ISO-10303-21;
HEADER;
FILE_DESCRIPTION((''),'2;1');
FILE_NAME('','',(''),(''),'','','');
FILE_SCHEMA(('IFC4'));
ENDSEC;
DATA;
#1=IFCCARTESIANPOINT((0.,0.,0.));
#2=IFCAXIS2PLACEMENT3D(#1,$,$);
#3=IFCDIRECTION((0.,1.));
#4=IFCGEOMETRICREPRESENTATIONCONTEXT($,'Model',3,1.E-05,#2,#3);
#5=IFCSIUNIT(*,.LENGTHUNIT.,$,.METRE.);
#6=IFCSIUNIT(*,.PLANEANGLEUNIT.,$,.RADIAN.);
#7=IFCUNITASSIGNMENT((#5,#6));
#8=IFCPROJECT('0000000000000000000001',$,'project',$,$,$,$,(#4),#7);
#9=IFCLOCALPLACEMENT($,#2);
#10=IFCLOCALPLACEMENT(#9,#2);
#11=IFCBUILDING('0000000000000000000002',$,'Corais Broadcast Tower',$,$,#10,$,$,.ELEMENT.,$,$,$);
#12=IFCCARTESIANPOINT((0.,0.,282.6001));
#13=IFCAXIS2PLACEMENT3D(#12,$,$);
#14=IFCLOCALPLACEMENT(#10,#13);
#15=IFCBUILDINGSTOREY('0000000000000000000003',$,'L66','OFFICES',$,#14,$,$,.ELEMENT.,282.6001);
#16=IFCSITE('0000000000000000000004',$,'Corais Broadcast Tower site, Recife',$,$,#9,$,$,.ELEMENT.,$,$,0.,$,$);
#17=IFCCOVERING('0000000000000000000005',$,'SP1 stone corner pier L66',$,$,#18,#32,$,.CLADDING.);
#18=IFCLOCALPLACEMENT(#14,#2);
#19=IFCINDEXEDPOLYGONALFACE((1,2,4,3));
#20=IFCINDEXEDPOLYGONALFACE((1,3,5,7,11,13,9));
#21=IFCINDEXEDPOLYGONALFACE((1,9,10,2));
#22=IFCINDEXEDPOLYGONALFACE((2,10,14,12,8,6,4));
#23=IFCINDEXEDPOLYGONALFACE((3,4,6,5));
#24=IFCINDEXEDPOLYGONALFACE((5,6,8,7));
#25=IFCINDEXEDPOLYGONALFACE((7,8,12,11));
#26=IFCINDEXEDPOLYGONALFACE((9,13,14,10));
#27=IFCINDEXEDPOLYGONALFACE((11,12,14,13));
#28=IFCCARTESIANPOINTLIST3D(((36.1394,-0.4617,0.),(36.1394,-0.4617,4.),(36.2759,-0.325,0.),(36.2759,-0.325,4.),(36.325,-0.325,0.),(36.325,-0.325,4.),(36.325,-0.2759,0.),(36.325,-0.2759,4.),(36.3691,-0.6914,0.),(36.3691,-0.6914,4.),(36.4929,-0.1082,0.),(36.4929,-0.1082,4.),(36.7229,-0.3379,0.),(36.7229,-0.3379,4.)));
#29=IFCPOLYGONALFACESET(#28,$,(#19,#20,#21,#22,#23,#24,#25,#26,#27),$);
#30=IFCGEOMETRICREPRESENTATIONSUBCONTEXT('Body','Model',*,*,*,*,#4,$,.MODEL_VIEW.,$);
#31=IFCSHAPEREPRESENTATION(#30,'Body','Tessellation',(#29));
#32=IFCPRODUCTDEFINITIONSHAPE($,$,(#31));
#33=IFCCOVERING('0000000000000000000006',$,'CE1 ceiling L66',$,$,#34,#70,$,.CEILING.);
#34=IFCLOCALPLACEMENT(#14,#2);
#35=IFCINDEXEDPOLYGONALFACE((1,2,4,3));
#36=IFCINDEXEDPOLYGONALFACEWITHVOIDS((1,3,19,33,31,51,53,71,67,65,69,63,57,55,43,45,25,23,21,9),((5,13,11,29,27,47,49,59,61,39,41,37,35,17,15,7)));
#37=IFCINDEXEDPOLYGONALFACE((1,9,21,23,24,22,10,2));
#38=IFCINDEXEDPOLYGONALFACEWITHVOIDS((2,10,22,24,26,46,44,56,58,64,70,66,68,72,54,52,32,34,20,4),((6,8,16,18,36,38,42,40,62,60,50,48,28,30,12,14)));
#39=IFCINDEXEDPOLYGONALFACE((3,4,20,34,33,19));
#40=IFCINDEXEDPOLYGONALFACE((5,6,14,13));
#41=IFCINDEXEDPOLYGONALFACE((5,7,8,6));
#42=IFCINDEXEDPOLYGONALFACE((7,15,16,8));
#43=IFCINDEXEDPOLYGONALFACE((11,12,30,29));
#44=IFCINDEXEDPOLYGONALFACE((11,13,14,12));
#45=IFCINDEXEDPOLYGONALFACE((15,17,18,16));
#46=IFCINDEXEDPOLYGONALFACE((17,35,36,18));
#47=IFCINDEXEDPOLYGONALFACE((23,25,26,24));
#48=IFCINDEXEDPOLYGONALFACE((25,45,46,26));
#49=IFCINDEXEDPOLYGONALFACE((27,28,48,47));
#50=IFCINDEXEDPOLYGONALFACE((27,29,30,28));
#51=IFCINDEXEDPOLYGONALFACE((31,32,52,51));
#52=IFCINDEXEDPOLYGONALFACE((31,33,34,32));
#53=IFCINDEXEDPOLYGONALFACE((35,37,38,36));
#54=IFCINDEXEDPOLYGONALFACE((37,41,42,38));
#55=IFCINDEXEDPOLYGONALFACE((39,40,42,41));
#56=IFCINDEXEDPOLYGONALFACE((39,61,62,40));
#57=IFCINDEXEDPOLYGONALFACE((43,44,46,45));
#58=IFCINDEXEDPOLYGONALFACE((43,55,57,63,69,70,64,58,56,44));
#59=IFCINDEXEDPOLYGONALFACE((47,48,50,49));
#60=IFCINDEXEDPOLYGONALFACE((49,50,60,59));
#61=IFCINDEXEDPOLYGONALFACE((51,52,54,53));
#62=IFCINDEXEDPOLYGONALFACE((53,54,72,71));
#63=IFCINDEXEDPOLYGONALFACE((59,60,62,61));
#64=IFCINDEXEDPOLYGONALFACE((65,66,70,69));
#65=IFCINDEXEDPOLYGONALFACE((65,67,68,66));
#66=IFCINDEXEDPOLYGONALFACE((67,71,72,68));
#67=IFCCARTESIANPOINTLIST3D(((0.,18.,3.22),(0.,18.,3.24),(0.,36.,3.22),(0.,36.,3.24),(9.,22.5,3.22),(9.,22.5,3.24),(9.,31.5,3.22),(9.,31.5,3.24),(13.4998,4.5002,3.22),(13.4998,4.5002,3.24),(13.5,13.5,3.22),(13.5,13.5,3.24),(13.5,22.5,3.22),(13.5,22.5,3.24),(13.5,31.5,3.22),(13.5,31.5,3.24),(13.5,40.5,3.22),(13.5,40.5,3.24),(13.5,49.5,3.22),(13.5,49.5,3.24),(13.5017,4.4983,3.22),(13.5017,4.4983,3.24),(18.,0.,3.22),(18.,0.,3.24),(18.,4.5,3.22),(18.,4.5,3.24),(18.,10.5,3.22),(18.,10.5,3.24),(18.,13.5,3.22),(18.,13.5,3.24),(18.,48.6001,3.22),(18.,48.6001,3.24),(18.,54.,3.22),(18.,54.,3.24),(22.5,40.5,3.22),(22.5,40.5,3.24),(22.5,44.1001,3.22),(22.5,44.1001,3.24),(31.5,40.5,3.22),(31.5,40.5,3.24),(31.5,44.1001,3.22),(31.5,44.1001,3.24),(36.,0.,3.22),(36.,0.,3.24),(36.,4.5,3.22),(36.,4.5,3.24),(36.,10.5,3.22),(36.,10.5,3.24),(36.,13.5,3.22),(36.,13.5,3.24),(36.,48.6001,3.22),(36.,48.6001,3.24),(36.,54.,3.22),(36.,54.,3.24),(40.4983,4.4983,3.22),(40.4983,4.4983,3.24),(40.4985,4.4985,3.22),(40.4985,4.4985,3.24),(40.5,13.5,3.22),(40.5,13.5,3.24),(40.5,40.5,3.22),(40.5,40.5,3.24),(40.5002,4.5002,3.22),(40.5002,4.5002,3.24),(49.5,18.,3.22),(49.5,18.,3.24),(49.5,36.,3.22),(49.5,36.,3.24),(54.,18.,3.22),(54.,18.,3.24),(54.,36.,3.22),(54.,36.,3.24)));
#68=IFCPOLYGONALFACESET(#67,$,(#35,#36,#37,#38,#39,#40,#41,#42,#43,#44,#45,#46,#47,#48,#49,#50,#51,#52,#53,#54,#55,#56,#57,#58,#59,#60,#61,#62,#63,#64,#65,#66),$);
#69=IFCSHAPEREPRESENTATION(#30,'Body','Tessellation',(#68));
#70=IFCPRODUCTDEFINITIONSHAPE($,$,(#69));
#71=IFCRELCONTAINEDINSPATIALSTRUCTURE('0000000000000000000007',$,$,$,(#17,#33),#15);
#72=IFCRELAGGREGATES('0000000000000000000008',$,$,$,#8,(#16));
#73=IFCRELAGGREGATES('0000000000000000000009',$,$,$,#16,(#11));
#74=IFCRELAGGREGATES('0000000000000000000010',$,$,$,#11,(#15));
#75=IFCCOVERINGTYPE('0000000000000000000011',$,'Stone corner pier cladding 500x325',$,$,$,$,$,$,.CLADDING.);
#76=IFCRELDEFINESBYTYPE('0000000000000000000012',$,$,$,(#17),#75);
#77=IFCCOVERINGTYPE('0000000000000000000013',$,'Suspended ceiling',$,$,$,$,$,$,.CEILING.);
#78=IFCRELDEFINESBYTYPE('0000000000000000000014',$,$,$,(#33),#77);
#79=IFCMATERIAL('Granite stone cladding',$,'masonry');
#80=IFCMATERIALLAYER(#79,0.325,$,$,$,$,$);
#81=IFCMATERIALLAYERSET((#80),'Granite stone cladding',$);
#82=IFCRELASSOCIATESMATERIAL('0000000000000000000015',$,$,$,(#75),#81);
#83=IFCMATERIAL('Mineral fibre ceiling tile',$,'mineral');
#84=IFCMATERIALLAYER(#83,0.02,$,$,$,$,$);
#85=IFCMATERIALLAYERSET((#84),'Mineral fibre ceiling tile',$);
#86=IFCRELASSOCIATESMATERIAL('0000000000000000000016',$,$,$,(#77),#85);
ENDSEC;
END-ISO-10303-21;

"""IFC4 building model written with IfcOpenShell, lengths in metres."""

from ifc_helpers import new_model, si_unit, direction, frame, origin, place, context, subcontext, project, spatial, polyline, outline, extrude, material, layer, layer_set, type_object, element, save


model = new_model("IFC4")

# Units and contexts
model_context = context("Model", 3, precision=1e-05, world=origin(), true_north=direction((0.0, 1.0)))
body_context = subcontext(model_context, "Body", "Model", "MODEL_VIEW")
ifc_project = project(units=[si_unit("LENGTHUNIT", "METRE"), si_unit("PLANEANGLEUNIT", "RADIAN")], contexts=[model_context])

# Site, building, storey
site_placement = place(None, origin())
site = spatial("IfcSite", under=ifc_project, at=site_placement, Name="Corais Broadcast Tower site, Recife", CompositionType="ELEMENT", RefElevation=0.0)
building_placement = place(site_placement, origin())
building = spatial("IfcBuilding", under=site, at=building_placement, Name="Corais Broadcast Tower", CompositionType="ELEMENT")
storey_placement = place(building_placement, frame((0.0, 0.0, 282.6001)))
storey = spatial("IfcBuildingStorey", under=building, at=storey_placement, Name="L66", Description="OFFICES", CompositionType="ELEMENT", Elevation=282.6001)

# Coverings
ifc_material_1 = material(Name="Granite stone cladding", Category="masonry")
ifc_layer_1 = layer(ifc_material_1, 0.325)
ifc_layer_set_1 = layer_set([ifc_layer_1], Name="Granite stone cladding")
covering_type_1 = type_object("IfcCoveringType", Name="Stone corner pier cladding 500x325", PredefinedType="CLADDING", material=ifc_layer_set_1)
covering_1_placement = place(storey_placement, origin())
element("IfcCovering", 1, at=covering_1_placement, inside=storey, type_object=covering_type_1, Name="SP1 stone corner pier L66", PredefinedType="CLADDING", context=body_context, shape_type="SweptSolid", body=[
    extrude(outline(polyline([(36.2759, -0.325), (36.1394, -0.4617), (36.3691, -0.6914), (36.7229, -0.3379), (36.4929, -0.1082), (36.325, -0.2759), (36.325, -0.325), (36.2759, -0.325)])), origin(), (0.0, 0.0, 1.0), 4.0),
])
ifc_material_2 = material(Name="Mineral fibre ceiling tile", Category="mineral")
ifc_layer_2 = layer(ifc_material_2, 0.02)
ifc_layer_set_2 = layer_set([ifc_layer_2], Name="Mineral fibre ceiling tile")
covering_type_2 = type_object("IfcCoveringType", Name="Suspended ceiling", PredefinedType="CEILING", material=ifc_layer_set_2)
covering_2_placement = place(storey_placement, frame((0.0, 0.0, 3.22)))
element("IfcCovering", 2, at=covering_2_placement, inside=storey, type_object=covering_type_2, Name="CE1 ceiling L66", PredefinedType="CEILING", context=body_context, shape_type="SweptSolid", body=[
    extrude(outline(polyline([(13.5, 49.5), (18.0, 54.0), (18.0, 48.6001), (36.0, 48.6001), (36.0, 54.0), (54.0, 36.0), (49.5, 36.0), (49.5, 18.0), (54.0, 18.0), (40.5002, 4.5002), (40.4985, 4.4985), (40.4983, 4.4983), (36.0, 0.0), (36.0, 4.5), (18.0, 4.5), (18.0, 0.0), (13.5017, 4.4983), (13.4998, 4.5002), (0.0, 18.0), (0.0, 36.0), (13.5, 49.5)]), holes=[polyline([(31.5, 40.5), (31.5, 44.1001), (22.5, 44.1001), (22.5, 40.5), (13.5, 40.5), (13.5, 31.5), (9.0, 31.5), (9.0, 22.5), (13.5, 22.5), (13.5, 13.5), (18.0, 13.5), (18.0, 10.5), (36.0, 10.5), (36.0, 13.5), (40.5, 13.5), (40.5, 40.5), (31.5, 40.5)])]), origin(), (0.0, 0.0, 1.0), 0.02),
])

save(model, "model.ifc")
